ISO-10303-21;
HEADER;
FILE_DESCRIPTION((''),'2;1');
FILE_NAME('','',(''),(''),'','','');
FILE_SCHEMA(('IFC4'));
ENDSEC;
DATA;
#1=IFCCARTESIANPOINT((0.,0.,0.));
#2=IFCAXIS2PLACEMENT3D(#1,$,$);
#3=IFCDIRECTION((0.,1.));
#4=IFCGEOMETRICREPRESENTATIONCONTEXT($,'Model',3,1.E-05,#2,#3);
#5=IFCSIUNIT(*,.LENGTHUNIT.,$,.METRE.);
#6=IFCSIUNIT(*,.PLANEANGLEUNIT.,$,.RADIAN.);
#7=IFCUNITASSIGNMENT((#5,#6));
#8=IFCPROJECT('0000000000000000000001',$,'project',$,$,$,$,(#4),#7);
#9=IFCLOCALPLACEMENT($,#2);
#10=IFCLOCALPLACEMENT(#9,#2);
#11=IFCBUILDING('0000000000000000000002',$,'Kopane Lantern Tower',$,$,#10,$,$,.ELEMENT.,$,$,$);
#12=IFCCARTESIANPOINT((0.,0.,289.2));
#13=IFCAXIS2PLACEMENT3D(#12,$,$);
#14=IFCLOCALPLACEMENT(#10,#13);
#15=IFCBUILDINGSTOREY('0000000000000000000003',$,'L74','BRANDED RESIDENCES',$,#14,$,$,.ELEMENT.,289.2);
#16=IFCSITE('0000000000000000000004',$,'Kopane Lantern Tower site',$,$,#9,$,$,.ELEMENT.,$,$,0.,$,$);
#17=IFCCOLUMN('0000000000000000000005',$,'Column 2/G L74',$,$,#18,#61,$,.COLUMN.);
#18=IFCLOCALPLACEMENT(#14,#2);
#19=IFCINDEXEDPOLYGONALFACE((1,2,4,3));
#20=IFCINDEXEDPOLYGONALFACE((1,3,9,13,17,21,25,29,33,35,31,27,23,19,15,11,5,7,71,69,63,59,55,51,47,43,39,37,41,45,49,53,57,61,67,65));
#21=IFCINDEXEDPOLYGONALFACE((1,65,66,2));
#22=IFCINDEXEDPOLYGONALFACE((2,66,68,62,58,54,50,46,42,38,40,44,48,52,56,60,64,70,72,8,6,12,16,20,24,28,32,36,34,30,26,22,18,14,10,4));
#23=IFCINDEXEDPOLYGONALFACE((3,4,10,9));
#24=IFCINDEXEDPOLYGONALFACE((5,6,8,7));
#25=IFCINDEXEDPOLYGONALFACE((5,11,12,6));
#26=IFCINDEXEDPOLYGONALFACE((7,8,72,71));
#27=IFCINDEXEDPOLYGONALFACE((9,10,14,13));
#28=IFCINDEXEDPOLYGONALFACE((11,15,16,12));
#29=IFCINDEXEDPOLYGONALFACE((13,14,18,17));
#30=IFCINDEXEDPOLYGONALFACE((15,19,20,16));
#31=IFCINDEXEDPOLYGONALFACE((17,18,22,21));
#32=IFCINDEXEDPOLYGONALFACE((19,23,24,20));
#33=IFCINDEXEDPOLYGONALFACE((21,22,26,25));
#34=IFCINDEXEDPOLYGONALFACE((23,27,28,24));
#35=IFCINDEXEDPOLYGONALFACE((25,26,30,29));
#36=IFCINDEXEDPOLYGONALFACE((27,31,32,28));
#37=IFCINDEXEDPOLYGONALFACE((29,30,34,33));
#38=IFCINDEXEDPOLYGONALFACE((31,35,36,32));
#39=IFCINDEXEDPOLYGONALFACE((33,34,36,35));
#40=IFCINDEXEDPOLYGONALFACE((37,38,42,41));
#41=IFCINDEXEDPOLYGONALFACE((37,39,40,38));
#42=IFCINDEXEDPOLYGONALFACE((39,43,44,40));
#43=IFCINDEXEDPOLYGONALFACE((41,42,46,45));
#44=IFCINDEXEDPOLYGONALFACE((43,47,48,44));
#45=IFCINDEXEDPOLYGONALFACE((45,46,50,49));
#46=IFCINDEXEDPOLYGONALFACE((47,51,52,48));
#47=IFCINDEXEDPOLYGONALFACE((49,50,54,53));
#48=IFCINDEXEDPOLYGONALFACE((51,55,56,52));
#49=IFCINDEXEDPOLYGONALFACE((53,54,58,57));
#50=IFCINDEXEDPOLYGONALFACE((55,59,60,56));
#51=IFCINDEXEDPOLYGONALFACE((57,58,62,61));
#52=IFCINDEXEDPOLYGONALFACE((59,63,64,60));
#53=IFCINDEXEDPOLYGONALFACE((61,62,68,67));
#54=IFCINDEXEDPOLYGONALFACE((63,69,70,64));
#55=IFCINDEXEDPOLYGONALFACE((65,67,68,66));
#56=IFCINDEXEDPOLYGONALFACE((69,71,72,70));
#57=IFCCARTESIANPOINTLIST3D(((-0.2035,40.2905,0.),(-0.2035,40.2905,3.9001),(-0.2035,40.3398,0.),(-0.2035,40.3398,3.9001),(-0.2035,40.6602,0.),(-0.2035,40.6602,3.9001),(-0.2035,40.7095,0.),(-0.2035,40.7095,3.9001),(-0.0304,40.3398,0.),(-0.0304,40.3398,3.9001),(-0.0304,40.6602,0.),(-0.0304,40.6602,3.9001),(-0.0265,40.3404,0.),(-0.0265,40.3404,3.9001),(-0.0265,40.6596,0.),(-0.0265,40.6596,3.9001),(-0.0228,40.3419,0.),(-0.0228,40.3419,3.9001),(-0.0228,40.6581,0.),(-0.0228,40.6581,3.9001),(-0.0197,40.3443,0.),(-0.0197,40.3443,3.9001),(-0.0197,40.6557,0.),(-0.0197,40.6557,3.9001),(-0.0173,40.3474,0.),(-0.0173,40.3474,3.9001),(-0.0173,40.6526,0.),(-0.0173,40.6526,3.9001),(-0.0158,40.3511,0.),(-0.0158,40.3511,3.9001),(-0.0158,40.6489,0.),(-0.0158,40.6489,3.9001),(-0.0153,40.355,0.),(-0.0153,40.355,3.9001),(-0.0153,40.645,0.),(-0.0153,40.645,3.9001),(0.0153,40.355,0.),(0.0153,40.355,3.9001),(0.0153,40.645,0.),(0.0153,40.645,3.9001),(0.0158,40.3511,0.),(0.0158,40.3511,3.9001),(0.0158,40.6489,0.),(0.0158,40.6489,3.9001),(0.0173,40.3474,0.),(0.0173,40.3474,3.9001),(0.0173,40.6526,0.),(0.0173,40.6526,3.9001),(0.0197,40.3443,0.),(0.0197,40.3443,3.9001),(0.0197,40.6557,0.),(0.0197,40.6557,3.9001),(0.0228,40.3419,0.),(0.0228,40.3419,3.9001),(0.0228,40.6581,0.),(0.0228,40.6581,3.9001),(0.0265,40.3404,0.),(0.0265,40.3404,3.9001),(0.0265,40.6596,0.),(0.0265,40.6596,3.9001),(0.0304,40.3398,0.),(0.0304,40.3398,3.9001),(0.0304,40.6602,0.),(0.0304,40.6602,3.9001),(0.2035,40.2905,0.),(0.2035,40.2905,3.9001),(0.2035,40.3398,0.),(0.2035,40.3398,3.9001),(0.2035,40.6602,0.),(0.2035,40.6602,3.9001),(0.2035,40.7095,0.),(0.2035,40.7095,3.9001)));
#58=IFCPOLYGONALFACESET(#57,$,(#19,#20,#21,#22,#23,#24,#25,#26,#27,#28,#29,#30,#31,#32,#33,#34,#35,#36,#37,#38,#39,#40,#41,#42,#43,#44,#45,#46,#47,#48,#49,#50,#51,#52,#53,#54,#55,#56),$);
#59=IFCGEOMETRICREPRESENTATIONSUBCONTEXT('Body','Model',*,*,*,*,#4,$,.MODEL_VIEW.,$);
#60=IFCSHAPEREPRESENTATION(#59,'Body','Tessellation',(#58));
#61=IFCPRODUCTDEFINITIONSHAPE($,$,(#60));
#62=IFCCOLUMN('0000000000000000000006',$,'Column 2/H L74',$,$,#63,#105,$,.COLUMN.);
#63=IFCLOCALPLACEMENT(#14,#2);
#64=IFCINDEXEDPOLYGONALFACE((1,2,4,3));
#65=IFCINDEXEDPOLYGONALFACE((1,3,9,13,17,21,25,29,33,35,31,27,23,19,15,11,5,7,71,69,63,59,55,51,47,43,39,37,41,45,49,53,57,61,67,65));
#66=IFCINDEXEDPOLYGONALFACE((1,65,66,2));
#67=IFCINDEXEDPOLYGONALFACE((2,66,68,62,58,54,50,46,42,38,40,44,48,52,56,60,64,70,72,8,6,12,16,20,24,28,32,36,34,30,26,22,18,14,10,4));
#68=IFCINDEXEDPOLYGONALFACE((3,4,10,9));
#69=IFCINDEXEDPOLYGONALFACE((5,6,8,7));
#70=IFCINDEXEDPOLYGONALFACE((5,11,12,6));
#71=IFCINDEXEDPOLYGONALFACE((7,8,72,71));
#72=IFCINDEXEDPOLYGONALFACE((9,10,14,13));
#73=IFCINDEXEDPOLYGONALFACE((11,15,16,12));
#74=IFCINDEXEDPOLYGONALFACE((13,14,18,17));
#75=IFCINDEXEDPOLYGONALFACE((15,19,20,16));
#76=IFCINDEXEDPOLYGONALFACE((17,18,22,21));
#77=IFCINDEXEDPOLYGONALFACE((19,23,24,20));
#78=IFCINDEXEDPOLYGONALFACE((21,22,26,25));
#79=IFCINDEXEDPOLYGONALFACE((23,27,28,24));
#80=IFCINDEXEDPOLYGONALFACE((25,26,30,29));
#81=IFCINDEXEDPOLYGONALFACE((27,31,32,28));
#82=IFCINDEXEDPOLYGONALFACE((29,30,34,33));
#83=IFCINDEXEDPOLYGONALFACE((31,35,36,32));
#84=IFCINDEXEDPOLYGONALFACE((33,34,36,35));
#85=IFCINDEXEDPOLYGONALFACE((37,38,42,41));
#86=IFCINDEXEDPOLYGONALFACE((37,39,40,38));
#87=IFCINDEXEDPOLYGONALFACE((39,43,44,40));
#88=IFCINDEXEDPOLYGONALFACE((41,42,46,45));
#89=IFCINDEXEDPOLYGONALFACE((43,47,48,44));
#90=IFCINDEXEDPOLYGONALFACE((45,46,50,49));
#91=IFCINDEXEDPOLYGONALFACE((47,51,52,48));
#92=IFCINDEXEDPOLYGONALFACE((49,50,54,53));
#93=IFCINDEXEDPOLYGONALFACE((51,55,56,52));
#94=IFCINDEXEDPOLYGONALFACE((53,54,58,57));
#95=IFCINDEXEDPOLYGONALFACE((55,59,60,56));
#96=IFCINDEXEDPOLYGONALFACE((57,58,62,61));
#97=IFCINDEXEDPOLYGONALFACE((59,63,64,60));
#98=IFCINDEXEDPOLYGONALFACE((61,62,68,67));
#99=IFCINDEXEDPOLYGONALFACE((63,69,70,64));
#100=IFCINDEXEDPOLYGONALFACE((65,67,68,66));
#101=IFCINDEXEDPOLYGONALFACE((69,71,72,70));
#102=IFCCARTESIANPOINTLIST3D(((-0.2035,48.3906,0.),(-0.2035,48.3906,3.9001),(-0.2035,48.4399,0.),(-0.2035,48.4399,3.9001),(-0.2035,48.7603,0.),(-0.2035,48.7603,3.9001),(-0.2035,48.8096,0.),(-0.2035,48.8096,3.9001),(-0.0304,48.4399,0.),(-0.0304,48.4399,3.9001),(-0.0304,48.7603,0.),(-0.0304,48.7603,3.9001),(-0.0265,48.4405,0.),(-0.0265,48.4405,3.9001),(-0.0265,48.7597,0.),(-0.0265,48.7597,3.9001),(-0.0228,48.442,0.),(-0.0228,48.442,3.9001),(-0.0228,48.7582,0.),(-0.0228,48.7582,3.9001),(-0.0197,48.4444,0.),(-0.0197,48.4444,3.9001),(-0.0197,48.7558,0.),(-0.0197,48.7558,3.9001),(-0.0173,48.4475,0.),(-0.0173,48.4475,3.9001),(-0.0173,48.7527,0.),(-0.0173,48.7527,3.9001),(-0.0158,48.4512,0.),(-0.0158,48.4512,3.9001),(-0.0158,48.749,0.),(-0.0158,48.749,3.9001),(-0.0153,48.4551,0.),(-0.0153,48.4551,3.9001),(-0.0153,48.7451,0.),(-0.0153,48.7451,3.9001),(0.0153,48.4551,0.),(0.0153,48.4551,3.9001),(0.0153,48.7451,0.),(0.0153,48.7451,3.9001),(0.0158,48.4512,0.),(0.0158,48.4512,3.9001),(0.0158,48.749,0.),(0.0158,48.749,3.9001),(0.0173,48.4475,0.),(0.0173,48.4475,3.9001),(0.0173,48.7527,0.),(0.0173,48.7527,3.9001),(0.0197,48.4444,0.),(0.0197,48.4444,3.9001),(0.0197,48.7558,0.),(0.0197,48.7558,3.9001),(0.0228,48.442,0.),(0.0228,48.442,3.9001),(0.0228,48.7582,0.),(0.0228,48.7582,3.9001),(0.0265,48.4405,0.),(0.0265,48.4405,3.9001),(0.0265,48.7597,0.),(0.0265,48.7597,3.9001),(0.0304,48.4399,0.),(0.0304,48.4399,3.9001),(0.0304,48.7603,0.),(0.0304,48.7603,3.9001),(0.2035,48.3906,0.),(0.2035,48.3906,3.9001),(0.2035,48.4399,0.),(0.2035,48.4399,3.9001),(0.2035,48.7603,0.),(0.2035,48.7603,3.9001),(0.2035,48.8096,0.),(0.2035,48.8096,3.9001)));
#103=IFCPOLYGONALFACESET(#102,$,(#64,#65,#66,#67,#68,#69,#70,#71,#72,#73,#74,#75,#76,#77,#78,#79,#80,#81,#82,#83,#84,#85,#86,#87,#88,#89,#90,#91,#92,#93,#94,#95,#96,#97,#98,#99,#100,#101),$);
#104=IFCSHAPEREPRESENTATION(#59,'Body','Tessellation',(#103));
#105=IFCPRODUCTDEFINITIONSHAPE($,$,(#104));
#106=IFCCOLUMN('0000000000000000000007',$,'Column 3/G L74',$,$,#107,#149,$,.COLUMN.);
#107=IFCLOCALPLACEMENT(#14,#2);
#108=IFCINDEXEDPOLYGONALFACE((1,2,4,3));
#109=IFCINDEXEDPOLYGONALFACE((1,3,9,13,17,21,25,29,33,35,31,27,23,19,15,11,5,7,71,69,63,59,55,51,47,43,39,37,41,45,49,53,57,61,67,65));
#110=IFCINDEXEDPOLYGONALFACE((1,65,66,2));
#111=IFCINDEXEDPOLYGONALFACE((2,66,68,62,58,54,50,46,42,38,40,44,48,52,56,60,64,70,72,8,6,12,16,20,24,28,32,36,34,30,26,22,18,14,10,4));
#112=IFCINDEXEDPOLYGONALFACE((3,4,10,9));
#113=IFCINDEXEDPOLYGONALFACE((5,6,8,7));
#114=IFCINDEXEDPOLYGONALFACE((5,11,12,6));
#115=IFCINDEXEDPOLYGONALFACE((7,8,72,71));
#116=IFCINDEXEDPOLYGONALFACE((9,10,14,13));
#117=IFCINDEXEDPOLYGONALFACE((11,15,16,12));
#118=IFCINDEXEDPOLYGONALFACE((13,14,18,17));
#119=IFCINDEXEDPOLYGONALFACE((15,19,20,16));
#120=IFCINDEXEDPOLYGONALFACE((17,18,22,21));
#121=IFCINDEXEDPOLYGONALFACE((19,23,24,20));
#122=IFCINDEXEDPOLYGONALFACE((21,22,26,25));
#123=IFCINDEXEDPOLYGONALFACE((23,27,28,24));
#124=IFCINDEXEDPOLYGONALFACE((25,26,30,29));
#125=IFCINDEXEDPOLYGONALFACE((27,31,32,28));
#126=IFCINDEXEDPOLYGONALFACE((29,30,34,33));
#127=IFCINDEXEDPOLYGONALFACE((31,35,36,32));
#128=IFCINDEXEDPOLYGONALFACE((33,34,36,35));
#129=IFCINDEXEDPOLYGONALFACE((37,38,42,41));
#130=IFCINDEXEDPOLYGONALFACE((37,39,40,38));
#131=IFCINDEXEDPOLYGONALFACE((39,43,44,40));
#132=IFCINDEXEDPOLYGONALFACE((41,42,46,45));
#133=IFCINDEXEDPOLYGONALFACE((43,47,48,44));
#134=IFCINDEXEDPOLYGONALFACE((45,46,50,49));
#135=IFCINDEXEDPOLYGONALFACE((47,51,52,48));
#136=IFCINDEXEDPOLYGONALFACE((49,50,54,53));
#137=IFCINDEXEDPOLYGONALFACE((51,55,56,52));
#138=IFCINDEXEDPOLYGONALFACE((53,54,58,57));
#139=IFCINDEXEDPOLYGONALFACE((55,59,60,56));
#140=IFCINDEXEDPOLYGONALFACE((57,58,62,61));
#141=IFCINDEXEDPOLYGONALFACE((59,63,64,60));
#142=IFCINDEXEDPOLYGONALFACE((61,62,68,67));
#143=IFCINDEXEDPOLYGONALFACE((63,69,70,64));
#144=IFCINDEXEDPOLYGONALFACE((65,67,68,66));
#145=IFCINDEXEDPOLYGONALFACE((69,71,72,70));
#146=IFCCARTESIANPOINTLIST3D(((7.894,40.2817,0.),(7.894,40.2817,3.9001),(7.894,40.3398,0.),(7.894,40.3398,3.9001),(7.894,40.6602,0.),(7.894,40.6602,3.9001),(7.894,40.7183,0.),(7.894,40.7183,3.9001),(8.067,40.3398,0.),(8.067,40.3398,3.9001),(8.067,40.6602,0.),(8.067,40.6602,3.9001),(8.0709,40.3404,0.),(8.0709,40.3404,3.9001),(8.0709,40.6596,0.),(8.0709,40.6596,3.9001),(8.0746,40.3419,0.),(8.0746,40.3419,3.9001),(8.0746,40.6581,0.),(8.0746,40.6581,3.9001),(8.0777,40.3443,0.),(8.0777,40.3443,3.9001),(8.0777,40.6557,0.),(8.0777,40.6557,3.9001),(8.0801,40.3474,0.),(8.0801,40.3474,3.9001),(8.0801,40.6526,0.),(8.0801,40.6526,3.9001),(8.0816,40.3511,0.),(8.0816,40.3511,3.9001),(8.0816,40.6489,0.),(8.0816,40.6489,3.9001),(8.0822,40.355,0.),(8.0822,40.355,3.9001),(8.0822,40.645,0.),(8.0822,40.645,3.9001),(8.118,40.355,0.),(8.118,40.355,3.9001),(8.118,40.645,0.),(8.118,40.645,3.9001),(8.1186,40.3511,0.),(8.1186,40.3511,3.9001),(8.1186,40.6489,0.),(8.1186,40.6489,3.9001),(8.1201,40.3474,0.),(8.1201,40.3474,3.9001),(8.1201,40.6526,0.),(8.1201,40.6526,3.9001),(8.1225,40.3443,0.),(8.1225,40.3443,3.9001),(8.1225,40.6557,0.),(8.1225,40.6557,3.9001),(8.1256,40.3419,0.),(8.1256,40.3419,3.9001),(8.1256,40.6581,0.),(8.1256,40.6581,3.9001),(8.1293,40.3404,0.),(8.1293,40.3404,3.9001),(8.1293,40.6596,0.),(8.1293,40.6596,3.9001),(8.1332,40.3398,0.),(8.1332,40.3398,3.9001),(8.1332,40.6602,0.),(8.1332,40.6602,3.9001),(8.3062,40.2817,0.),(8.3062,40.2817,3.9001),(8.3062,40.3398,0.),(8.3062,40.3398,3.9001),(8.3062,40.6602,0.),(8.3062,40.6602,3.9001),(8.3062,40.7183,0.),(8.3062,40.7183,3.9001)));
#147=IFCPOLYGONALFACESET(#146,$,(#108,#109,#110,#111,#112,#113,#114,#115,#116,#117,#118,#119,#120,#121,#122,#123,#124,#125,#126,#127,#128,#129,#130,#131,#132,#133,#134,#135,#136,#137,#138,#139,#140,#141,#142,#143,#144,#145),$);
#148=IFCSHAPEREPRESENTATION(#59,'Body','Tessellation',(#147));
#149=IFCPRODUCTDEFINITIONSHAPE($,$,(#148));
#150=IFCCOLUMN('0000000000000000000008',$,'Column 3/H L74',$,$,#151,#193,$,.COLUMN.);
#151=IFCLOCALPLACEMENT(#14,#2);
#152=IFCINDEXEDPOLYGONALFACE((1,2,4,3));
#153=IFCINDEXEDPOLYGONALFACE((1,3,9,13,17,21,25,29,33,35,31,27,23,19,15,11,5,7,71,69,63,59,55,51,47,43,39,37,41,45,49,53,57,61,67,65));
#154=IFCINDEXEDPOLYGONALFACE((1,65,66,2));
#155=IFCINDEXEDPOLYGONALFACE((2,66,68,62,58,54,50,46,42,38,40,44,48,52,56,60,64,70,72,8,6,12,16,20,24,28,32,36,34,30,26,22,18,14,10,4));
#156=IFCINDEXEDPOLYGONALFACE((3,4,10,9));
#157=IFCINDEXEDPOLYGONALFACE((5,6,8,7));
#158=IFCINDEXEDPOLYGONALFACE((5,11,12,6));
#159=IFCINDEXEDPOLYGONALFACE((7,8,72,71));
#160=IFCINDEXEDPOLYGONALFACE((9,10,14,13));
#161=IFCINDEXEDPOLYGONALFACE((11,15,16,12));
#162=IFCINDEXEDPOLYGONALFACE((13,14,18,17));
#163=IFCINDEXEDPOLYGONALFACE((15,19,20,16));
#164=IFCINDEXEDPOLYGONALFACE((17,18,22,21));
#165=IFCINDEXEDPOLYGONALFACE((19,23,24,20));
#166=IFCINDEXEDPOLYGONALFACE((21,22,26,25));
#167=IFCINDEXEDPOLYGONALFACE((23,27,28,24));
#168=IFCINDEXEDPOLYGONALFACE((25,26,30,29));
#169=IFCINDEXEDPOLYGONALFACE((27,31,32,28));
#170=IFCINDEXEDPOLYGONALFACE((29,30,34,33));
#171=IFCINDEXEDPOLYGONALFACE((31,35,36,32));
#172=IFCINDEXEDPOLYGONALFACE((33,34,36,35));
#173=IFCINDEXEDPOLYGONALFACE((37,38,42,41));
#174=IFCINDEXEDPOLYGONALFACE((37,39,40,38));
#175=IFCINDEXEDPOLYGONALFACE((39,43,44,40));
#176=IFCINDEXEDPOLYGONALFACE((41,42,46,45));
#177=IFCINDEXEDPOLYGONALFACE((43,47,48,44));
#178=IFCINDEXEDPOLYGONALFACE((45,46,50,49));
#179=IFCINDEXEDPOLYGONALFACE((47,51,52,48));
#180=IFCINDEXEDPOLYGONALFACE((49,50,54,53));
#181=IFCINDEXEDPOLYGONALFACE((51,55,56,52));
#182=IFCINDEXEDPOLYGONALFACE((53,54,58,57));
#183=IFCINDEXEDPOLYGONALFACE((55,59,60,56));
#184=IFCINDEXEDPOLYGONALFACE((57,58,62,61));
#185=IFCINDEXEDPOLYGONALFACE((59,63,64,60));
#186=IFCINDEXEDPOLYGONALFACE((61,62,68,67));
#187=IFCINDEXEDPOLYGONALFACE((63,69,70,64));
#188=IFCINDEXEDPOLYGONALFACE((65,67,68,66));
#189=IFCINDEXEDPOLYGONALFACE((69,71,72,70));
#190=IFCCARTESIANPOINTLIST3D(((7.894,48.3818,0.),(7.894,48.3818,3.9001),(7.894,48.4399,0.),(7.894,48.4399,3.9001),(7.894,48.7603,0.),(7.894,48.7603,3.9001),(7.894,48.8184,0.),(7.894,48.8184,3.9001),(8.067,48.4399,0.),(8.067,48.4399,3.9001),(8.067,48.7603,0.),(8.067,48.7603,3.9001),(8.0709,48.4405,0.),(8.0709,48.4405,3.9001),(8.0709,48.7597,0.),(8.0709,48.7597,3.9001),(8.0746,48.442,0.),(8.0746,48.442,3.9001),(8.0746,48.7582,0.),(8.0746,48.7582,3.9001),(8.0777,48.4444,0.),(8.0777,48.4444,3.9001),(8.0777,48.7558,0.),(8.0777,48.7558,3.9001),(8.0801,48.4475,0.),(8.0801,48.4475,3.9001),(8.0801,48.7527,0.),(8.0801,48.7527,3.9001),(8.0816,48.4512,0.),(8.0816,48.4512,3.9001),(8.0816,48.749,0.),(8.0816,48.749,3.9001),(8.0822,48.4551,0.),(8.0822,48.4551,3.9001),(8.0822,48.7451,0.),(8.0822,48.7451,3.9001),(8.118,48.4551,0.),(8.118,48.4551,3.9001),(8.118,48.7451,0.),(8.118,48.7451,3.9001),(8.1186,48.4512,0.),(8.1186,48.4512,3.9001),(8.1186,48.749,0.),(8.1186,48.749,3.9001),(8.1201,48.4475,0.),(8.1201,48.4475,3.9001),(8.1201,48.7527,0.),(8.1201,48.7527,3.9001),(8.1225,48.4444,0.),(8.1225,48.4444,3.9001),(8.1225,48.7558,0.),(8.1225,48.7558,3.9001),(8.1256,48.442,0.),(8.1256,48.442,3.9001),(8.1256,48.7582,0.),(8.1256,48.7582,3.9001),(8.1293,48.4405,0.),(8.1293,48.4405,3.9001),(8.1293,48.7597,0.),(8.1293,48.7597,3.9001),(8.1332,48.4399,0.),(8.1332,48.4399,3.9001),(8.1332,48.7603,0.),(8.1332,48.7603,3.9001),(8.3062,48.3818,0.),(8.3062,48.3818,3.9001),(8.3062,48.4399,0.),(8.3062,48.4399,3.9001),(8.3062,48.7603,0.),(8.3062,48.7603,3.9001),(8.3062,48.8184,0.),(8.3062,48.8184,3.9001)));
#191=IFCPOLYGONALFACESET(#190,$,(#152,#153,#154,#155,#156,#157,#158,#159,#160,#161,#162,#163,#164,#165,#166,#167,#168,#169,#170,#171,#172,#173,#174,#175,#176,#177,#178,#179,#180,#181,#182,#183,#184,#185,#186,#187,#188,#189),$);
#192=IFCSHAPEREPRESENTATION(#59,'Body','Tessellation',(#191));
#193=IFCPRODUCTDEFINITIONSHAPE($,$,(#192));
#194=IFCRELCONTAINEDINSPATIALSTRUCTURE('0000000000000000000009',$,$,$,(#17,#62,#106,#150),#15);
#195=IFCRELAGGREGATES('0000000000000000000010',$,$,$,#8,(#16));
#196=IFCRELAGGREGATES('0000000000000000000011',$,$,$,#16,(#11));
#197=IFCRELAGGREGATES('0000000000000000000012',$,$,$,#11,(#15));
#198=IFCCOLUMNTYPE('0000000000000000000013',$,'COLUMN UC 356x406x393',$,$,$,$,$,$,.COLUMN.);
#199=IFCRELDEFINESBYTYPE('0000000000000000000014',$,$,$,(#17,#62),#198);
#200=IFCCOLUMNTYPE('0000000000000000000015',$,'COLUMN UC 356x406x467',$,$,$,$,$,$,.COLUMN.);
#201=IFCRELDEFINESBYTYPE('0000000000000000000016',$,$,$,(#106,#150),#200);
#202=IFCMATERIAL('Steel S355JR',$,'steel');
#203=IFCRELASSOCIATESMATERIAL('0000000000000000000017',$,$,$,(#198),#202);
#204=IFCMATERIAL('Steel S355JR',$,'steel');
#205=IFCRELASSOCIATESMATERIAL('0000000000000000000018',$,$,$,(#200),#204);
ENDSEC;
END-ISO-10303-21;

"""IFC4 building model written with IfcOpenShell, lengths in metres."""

from ifc_helpers import new_model, si_unit, direction, frame, origin, origin_2d, place, context, subcontext, project, spatial, i_section, extrude, material, material_profile, profile_set, type_object, element, save


model = new_model("IFC4")

# Units and contexts
model_context = context("Model", 3, precision=1e-05, world=origin(), true_north=direction((0.0, 1.0)))
body_context = subcontext(model_context, "Body", "Model", "MODEL_VIEW")
ifc_project = project(units=[si_unit("LENGTHUNIT", "METRE"), si_unit("PLANEANGLEUNIT", "RADIAN")], contexts=[model_context])

# Site, building, storey
site_placement = place(None, origin())
site = spatial("IfcSite", under=ifc_project, at=site_placement, Name="Kopane Lantern Tower site", CompositionType="ELEMENT", RefElevation=0.0)
building_placement = place(site_placement, origin())
building = spatial("IfcBuilding", under=site, at=building_placement, Name="Kopane Lantern Tower", CompositionType="ELEMENT")
storey_placement = place(building_placement, frame((0.0, 0.0, 289.2)))
storey = spatial("IfcBuildingStorey", under=building, at=storey_placement, Name="L74", Description="BRANDED RESIDENCES", CompositionType="ELEMENT", Elevation=289.2)

# Columns
ifc_material_1 = material(Name="Steel S355JR", Category="steel")
ifc_material_profile_1 = material_profile(ifc_material_1, i_section(OverallWidth=0.407, OverallDepth=0.4189, WebThickness=0.0305, FlangeThickness=0.0493, FilletRadius=0.0151, at=origin_2d()), Name="UC 356x406x393")
ifc_profile_set_1 = profile_set([ifc_material_profile_1], Name="Steel S355JR")
column_type_1 = type_object("IfcColumnType", Name="COLUMN UC 356x406x393", PredefinedType="COLUMN", material=ifc_profile_set_1)
for number, where, z_axis, x_axis, name in (
    (1, (0.0, 40.5, 0.0), (0.0, 0.0, 1.0), (1.0, 0.0, 0.0), "Column 2/G L74"),
    (2, (0.0, 48.6001, 0.0), (0.0, 0.0, 1.0), (1.0, 0.0, 0.0), "Column 2/H L74"),
):
    element("IfcColumn", number, at=place(storey_placement, frame(where, z_axis=z_axis, x_axis=x_axis)), inside=storey, type_object=column_type_1, Name=name, PredefinedType="COLUMN", context=body_context, shape_type="SweptSolid", body=[
        extrude(i_section(OverallWidth=0.407, OverallDepth=0.4189, WebThickness=0.0305, FlangeThickness=0.0493, FilletRadius=0.0151, at=origin_2d()), origin(), (0.0, 0.0, 1.0), 3.9001),
    ])
ifc_material_2 = material(Name="Steel S355JR", Category="steel")
ifc_material_profile_2 = material_profile(ifc_material_2, i_section(OverallWidth=0.4121, OverallDepth=0.4365, WebThickness=0.0359, FlangeThickness=0.0581, FilletRadius=0.0151, at=origin_2d()), Name="UC 356x406x467")
ifc_profile_set_2 = profile_set([ifc_material_profile_2], Name="Steel S355JR")
column_type_2 = type_object("IfcColumnType", Name="COLUMN UC 356x406x467", PredefinedType="COLUMN", material=ifc_profile_set_2)
for number, where, z_axis, x_axis, name in (
    (3, (8.1001, 40.5, 0.0), (0.0, 0.0, 1.0), (1.0, 0.0, 0.0), "Column 3/G L74"),
    (4, (8.1001, 48.6001, 0.0), (0.0, 0.0, 1.0), (1.0, 0.0, 0.0), "Column 3/H L74"),
):
    element("IfcColumn", number, at=place(storey_placement, frame(where, z_axis=z_axis, x_axis=x_axis)), inside=storey, type_object=column_type_2, Name=name, PredefinedType="COLUMN", context=body_context, shape_type="SweptSolid", body=[
        extrude(i_section(OverallWidth=0.4121, OverallDepth=0.4365, WebThickness=0.0359, FlangeThickness=0.0581, FilletRadius=0.0151, at=origin_2d()), origin(), (0.0, 0.0, 1.0), 3.9001),
    ])

save(model, "model.ifc")
